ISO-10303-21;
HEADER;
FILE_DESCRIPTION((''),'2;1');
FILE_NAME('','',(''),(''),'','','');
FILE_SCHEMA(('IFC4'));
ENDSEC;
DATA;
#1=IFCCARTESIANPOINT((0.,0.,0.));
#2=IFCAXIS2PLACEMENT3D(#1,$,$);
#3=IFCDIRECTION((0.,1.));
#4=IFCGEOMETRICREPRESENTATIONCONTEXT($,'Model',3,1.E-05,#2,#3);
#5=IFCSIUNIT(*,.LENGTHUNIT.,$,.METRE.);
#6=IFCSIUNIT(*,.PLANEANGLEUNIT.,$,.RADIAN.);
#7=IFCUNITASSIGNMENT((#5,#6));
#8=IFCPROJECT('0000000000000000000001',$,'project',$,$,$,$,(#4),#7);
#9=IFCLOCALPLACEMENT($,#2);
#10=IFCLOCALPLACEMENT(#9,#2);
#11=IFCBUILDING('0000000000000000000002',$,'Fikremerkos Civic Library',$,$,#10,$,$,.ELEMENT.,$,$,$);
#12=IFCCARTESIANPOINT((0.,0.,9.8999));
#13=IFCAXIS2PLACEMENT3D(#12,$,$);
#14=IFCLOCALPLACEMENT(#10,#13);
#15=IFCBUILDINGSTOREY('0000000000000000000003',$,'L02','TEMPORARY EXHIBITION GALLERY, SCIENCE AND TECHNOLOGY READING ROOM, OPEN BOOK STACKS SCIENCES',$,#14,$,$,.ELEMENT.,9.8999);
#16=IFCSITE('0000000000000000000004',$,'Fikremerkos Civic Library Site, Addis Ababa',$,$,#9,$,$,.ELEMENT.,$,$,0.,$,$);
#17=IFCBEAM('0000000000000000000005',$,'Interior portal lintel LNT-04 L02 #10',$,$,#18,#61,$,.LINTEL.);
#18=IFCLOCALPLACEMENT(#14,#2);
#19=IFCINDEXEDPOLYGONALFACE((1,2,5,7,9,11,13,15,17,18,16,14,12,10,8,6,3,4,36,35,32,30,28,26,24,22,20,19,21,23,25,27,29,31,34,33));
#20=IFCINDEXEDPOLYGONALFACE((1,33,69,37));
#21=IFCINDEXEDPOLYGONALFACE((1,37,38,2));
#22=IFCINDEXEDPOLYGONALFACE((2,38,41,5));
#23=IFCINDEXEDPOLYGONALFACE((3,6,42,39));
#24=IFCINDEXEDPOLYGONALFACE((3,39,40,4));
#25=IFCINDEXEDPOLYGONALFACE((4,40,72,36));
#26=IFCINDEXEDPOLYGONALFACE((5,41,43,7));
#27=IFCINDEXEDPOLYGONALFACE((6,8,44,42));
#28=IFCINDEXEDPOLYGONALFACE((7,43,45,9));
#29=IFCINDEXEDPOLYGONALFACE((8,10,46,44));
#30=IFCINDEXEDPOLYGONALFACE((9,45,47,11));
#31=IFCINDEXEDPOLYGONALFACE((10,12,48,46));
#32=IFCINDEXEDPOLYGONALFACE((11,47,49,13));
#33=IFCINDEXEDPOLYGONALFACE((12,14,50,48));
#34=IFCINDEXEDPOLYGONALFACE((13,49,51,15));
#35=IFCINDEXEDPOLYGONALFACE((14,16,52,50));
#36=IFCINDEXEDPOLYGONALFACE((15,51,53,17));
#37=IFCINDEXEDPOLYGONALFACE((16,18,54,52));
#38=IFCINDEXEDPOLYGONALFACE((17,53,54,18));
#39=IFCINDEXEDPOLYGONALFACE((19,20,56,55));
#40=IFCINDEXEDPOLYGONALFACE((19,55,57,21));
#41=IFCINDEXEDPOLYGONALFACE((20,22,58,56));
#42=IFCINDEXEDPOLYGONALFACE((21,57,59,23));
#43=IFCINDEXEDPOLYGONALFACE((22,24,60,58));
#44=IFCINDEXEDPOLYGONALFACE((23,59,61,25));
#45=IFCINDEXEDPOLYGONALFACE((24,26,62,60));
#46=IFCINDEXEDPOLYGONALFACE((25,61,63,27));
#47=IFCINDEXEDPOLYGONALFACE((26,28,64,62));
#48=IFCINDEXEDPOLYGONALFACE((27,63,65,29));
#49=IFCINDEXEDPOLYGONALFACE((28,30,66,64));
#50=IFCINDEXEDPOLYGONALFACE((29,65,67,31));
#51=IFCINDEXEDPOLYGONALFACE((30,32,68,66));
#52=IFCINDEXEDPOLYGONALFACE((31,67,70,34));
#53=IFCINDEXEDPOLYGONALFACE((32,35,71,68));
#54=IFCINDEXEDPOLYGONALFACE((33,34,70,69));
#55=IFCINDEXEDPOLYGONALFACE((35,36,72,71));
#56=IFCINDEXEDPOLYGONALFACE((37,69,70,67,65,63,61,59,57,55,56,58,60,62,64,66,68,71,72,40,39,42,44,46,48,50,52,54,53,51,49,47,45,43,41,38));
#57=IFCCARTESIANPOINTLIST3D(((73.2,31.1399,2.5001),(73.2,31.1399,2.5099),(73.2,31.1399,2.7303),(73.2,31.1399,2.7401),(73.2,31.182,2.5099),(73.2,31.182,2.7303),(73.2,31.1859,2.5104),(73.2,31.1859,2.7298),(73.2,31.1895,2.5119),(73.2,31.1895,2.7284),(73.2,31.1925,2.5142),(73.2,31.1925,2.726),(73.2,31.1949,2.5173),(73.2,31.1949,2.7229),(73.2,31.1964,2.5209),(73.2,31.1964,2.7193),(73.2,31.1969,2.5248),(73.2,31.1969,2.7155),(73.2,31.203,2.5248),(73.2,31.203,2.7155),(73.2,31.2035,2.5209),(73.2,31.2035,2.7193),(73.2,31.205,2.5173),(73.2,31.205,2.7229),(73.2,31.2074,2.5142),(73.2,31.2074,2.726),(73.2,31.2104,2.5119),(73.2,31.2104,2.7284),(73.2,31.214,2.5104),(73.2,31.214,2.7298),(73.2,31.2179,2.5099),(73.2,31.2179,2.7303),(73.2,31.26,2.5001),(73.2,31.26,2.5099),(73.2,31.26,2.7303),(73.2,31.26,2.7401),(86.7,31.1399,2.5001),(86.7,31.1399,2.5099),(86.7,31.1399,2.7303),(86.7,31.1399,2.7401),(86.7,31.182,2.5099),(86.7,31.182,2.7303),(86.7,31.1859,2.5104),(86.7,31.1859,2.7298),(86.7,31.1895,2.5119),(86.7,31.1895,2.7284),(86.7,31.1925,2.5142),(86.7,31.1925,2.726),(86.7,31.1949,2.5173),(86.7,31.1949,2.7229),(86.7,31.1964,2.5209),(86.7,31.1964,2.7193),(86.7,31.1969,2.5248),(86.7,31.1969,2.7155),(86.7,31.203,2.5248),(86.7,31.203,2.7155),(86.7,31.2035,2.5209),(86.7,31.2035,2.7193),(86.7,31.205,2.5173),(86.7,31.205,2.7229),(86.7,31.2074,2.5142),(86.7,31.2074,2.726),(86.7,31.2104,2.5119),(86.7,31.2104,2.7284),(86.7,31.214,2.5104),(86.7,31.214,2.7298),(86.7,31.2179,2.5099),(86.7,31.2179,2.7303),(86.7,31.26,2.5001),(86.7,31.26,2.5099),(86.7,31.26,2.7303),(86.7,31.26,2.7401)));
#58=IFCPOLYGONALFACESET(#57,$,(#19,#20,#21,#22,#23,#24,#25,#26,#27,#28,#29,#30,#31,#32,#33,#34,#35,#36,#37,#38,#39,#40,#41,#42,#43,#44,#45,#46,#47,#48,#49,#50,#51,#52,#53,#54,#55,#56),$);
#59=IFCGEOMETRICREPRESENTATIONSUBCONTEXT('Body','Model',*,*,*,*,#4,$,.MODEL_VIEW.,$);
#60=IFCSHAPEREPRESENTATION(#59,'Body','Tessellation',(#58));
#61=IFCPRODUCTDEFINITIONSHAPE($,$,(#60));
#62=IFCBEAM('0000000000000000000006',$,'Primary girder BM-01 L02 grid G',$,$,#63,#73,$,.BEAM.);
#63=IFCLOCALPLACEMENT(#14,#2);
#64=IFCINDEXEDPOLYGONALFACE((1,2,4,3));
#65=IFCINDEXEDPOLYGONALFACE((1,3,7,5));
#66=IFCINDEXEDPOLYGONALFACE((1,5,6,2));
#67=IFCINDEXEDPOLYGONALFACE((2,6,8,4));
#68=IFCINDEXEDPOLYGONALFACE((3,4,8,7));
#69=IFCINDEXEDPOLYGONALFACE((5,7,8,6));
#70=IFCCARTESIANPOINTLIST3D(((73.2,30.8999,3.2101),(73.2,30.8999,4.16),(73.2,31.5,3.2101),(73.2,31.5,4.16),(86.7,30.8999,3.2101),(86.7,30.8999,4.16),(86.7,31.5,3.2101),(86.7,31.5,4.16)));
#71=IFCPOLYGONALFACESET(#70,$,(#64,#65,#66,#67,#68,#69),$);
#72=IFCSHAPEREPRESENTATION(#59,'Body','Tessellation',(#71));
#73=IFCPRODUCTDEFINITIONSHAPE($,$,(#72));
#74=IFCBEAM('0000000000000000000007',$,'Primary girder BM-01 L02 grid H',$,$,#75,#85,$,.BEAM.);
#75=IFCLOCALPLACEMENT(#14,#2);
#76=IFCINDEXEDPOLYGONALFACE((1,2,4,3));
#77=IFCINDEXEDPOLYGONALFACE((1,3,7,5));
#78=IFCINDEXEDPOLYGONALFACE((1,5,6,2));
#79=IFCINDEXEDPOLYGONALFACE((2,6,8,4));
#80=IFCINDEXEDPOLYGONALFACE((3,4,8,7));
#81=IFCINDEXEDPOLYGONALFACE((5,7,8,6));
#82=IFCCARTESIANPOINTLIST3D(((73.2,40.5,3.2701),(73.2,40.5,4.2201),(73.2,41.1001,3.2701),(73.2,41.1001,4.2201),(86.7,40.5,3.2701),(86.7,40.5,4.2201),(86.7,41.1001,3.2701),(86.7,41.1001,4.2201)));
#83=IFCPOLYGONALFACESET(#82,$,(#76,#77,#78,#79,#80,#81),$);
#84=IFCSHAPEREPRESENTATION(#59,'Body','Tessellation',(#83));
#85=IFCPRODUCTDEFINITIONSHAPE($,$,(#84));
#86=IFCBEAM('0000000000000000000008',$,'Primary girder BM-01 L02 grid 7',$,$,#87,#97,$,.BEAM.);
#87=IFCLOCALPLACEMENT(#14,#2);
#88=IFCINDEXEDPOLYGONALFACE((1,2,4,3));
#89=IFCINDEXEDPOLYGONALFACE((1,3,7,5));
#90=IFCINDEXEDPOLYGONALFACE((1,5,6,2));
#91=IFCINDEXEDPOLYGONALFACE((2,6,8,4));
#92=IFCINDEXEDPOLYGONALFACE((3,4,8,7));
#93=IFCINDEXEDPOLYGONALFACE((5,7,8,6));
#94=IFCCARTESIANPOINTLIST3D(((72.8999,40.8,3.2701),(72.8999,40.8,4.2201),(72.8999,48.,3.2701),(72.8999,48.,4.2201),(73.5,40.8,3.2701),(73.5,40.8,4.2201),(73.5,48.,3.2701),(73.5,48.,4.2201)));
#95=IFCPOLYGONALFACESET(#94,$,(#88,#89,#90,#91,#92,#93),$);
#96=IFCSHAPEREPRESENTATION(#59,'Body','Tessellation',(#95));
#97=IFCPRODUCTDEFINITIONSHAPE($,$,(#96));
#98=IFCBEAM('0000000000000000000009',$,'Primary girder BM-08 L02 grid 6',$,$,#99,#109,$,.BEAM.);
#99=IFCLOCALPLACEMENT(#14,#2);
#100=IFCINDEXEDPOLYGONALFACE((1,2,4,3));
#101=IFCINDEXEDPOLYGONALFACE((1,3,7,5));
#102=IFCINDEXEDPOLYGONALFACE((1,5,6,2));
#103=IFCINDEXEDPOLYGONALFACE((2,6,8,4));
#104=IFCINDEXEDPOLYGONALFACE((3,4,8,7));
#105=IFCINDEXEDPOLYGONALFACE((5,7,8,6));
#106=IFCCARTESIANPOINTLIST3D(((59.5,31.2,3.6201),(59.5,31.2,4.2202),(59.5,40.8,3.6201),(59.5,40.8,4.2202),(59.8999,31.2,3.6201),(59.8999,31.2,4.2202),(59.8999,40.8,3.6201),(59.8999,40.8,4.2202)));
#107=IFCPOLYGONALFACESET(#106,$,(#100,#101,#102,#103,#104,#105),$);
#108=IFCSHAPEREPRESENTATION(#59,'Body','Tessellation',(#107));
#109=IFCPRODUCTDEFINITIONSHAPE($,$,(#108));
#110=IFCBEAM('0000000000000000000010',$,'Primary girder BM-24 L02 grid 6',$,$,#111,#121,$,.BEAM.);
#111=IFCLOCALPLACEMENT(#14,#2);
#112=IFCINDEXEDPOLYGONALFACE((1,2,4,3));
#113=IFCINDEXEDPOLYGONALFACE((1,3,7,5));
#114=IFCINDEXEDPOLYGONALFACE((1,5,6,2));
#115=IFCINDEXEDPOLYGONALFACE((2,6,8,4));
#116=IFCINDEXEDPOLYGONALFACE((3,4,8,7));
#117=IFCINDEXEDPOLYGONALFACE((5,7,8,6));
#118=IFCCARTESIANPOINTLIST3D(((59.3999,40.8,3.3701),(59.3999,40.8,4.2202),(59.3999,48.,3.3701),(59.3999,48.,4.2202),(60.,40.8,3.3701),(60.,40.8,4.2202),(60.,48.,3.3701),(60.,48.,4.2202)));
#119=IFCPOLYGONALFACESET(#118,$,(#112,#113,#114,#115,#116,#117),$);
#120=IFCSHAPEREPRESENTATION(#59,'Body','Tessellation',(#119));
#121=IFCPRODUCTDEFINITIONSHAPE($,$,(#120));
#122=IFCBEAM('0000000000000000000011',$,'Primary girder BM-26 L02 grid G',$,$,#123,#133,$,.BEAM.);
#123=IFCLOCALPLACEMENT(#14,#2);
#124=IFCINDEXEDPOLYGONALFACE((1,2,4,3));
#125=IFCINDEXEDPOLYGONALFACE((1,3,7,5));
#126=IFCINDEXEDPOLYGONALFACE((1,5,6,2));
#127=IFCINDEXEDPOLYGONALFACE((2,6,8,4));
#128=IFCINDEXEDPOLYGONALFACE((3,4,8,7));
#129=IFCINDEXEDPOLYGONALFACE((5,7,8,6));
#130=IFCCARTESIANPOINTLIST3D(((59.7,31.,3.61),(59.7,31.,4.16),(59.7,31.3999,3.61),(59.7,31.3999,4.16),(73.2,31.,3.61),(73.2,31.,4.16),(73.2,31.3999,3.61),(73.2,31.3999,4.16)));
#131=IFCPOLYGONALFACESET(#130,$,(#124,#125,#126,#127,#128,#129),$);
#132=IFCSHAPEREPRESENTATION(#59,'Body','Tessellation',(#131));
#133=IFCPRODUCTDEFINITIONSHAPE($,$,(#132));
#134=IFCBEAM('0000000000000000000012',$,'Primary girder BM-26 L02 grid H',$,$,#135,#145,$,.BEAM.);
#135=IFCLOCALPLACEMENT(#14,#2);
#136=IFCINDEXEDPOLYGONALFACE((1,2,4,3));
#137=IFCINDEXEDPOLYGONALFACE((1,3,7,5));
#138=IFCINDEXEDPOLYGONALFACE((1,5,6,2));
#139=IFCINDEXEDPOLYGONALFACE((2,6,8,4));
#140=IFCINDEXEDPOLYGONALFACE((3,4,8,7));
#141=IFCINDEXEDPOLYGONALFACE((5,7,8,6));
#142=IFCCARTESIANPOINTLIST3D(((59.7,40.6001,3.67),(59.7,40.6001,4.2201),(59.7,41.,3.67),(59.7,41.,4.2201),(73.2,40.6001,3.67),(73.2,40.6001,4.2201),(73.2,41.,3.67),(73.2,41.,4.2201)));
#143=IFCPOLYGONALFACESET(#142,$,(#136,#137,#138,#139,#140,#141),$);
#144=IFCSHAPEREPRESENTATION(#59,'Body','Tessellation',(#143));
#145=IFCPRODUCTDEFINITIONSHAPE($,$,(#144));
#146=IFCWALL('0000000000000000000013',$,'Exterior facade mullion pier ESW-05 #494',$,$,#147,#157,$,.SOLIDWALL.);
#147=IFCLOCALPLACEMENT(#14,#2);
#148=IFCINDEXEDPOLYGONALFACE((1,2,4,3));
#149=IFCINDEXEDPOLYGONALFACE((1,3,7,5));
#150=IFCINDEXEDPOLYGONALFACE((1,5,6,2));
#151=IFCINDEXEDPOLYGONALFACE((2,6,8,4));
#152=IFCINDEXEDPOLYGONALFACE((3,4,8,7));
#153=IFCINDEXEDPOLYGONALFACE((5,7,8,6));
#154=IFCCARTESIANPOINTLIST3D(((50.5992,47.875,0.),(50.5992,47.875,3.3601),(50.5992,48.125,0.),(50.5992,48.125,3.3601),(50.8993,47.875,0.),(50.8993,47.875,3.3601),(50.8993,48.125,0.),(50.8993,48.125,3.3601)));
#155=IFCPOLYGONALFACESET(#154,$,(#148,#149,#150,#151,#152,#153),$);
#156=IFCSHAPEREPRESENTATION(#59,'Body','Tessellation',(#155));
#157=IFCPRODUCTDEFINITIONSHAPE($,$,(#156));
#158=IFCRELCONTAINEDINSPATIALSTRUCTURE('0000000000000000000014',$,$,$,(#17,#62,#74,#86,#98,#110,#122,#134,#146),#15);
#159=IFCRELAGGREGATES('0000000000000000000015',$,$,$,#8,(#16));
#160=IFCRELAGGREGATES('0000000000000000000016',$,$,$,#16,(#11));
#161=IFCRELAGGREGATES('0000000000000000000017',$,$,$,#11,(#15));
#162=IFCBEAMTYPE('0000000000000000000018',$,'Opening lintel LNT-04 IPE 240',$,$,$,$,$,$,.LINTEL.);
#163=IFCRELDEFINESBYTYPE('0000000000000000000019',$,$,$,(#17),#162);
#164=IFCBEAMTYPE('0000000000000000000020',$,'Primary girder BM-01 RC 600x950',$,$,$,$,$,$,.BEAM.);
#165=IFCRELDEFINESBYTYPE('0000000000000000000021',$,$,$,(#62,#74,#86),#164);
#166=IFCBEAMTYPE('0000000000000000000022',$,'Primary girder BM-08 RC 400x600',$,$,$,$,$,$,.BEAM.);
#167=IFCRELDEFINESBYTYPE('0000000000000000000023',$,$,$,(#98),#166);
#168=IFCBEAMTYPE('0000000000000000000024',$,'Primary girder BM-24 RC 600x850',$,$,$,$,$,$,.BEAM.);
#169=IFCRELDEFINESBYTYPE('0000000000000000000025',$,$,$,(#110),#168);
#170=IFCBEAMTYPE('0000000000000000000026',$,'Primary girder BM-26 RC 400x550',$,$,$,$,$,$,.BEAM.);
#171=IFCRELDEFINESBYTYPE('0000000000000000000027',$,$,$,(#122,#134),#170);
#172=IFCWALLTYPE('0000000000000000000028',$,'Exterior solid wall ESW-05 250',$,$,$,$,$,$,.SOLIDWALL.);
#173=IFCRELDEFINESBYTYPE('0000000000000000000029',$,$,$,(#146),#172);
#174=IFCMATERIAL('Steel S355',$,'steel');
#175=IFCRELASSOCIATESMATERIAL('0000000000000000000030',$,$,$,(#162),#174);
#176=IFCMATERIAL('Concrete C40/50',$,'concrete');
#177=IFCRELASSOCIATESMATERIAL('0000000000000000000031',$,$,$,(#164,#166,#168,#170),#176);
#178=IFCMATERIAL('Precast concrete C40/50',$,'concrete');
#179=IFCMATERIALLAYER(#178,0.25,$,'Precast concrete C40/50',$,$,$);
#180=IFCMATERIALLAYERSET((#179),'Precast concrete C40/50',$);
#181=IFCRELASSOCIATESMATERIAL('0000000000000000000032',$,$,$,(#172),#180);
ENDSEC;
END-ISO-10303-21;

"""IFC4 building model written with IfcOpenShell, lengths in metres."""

from ifc_helpers import new_model, si_unit, direction, frame, frame_2d, origin, origin_2d, place, context, subcontext, project, spatial, rectangle, i_section, extrude, material, layer, layer_set, material_profile, profile_set, type_object, element, save


model = new_model("IFC4")

# Units and contexts
model_context = context("Model", 3, precision=1e-05, world=origin(), true_north=direction((0.0, 1.0)))
body_context = subcontext(model_context, "Body", "Model", "MODEL_VIEW")
ifc_project = project(units=[si_unit("LENGTHUNIT", "METRE"), si_unit("PLANEANGLEUNIT", "RADIAN")], contexts=[model_context])

# Site, building, storey
site_placement = place(None, origin())
site = spatial("IfcSite", under=ifc_project, at=site_placement, Name="Fikremerkos Civic Library Site, Addis Ababa", CompositionType="ELEMENT", RefElevation=0.0)
building_placement = place(site_placement, origin())
building = spatial("IfcBuilding", under=site, at=building_placement, Name="Fikremerkos Civic Library", CompositionType="ELEMENT")
storey_placement = place(building_placement, frame((0.0, 0.0, 9.8999)))
storey = spatial("IfcBuildingStorey", under=building, at=storey_placement, Name="L02", Description="TEMPORARY EXHIBITION GALLERY, SCIENCE AND TECHNOLOGY READING ROOM, OPEN BOOK STACKS SCIENCES", CompositionType="ELEMENT", Elevation=9.8999)

# Shared definitions
ifc_material_1 = material(Name="Concrete C40/50", Category="concrete")
ifc_material_2 = material(Name="Steel S355", Category="steel")

# Beams
ifc_material_profile_1 = material_profile(ifc_material_2, i_section(OverallWidth=0.1201, OverallDepth=0.24, WebThickness=0.0061, FlangeThickness=0.0098, FilletRadius=0.0149, at=origin_2d()), Name="IPE 240")
ifc_profile_set_1 = profile_set([ifc_material_profile_1], Name="Steel S355")
beam_type_1 = type_object("IfcBeamType", Name="Opening lintel LNT-04 IPE 240", PredefinedType="LINTEL", material=ifc_profile_set_1)
beam_1_placement = place(storey_placement, frame((73.2, 31.2, 2.6201), z_axis=(1.0, 0.0, 0.0), x_axis=(0.0, 1.0, 0.0)))
element("IfcBeam", 1, at=beam_1_placement, inside=storey, type_object=beam_type_1, Name="Interior portal lintel LNT-04 L02 #10", PredefinedType="LINTEL", context=body_context, shape_type="SweptSolid", body=[
    extrude(i_section(OverallWidth=0.1201, OverallDepth=0.24, WebThickness=0.0061, FlangeThickness=0.0098, FilletRadius=0.0149, at=origin_2d()), origin(), (0.0, 0.0, 1.0), 13.5),
])
ifc_material_profile_2 = material_profile(ifc_material_1, rectangle(XDim=0.6001, YDim=0.95, at=origin_2d()), Name="RC 600x950")
ifc_profile_set_2 = profile_set([ifc_material_profile_2], Name="Concrete C40/50")
beam_type_2 = type_object("IfcBeamType", Name="Primary girder BM-01 RC 600x950", PredefinedType="BEAM", material=ifc_profile_set_2)
for number, where, z_axis, x_axis, name in (
    (2, (73.2, 31.2, 3.6851), (1.0, 0.0, 0.0), (0.0, 1.0, 0.0), "Primary girder BM-01 L02 grid G"),
    (3, (73.2, 40.8, 3.7451), (1.0, 0.0, 0.0), (0.0, 1.0, 0.0), "Primary girder BM-01 L02 grid H"),
):
    element("IfcBeam", number, at=place(storey_placement, frame(where, z_axis=z_axis, x_axis=x_axis)), inside=storey, type_object=beam_type_2, Name=name, PredefinedType="BEAM", context=body_context, shape_type="SweptSolid", body=[
        extrude(rectangle(XDim=0.6001, YDim=0.95, at=origin_2d()), origin(), (0.0, 0.0, 1.0), 13.5),
    ])
beam_2_placement = place(storey_placement, frame((73.2, 40.8, 3.7451), z_axis=(0.0, 1.0, 0.0), x_axis=(-1.0, 0.0, 0.0)))
element("IfcBeam", 4, at=beam_2_placement, inside=storey, type_object=beam_type_2, Name="Primary girder BM-01 L02 grid 7", PredefinedType="BEAM", context=body_context, shape_type="SweptSolid", body=[
    extrude(rectangle(XDim=0.6001, YDim=0.95, at=origin_2d()), origin(), (0.0, 0.0, 1.0), 7.2),
])
ifc_material_profile_3 = material_profile(ifc_material_1, rectangle(XDim=0.3999, YDim=0.6001, at=origin_2d()), Name="RC 400x600")
ifc_profile_set_3 = profile_set([ifc_material_profile_3], Name="Concrete C40/50")
beam_type_3 = type_object("IfcBeamType", Name="Primary girder BM-08 RC 400x600", PredefinedType="BEAM", material=ifc_profile_set_3)
beam_3_placement = place(storey_placement, frame((59.7, 31.2, 3.9202), z_axis=(0.0, 1.0, 0.0), x_axis=(-1.0, 0.0, 0.0)))
element("IfcBeam", 5, at=beam_3_placement, inside=storey, type_object=beam_type_3, Name="Primary girder BM-08 L02 grid 6", PredefinedType="BEAM", context=body_context, shape_type="SweptSolid", body=[
    extrude(rectangle(XDim=0.3999, YDim=0.6001, at=origin_2d()), origin(), (0.0, 0.0, 1.0), 9.6001),
])
ifc_material_profile_4 = material_profile(ifc_material_1, rectangle(XDim=0.6001, YDim=0.8501, at=origin_2d()), Name="RC 600x850")
ifc_profile_set_4 = profile_set([ifc_material_profile_4], Name="Concrete C40/50")
beam_type_4 = type_object("IfcBeamType", Name="Primary girder BM-24 RC 600x850", PredefinedType="BEAM", material=ifc_profile_set_4)
beam_4_placement = place(storey_placement, frame((59.7, 40.8, 3.7952), z_axis=(0.0, 1.0, 0.0), x_axis=(-1.0, 0.0, 0.0)))
element("IfcBeam", 6, at=beam_4_placement, inside=storey, type_object=beam_type_4, Name="Primary girder BM-24 L02 grid 6", PredefinedType="BEAM", context=body_context, shape_type="SweptSolid", body=[
    extrude(rectangle(XDim=0.6001, YDim=0.8501, at=origin_2d()), origin(), (0.0, 0.0, 1.0), 7.2),
])
ifc_material_profile_5 = material_profile(ifc_material_1, rectangle(XDim=0.3999, YDim=0.55, at=origin_2d()), Name="RC 400x550")
ifc_profile_set_5 = profile_set([ifc_material_profile_5], Name="Concrete C40/50")
beam_type_5 = type_object("IfcBeamType", Name="Primary girder BM-26 RC 400x550", PredefinedType="BEAM", material=ifc_profile_set_5)
for number, where, z_axis, x_axis, name in (
    (7, (59.7, 31.2, 3.885), (1.0, 0.0, 0.0), (0.0, 1.0, 0.0), "Primary girder BM-26 L02 grid G"),
    (8, (59.7, 40.8, 3.9451), (1.0, 0.0, 0.0), (0.0, 1.0, 0.0), "Primary girder BM-26 L02 grid H"),
):
    element("IfcBeam", number, at=place(storey_placement, frame(where, z_axis=z_axis, x_axis=x_axis)), inside=storey, type_object=beam_type_5, Name=name, PredefinedType="BEAM", context=body_context, shape_type="SweptSolid", body=[
        extrude(rectangle(XDim=0.3999, YDim=0.55, at=origin_2d()), origin(), (0.0, 0.0, 1.0), 13.5),
    ])

# Wall
ifc_material_3 = material(Name="Precast concrete C40/50", Category="concrete")
ifc_layer_1 = layer(ifc_material_3, 0.25, Name="Precast concrete C40/50")
ifc_layer_set_1 = layer_set([ifc_layer_1], Name="Precast concrete C40/50")
wall_type_1 = type_object("IfcWallType", Name="Exterior solid wall ESW-05 250", PredefinedType="SOLIDWALL", material=ifc_layer_set_1)
wall_1_placement = place(storey_placement, frame((50.5994, 48.0, 0.0), z_axis=(0.0, 0.0, 1.0), x_axis=(1.0, 0.0, 0.0)))
element("IfcWall", 9, at=wall_1_placement, inside=storey, type_object=wall_type_1, Name="Exterior facade mullion pier ESW-05 #494", PredefinedType="SOLIDWALL", context=body_context, shape_type="SweptSolid", body=[
    extrude(rectangle(XDim=0.3, YDim=0.25, at=frame_2d((0.1499, 0.0))), origin(), (0.0, 0.0, 1.0), 3.3601),
])

save(model, "model.ifc")
